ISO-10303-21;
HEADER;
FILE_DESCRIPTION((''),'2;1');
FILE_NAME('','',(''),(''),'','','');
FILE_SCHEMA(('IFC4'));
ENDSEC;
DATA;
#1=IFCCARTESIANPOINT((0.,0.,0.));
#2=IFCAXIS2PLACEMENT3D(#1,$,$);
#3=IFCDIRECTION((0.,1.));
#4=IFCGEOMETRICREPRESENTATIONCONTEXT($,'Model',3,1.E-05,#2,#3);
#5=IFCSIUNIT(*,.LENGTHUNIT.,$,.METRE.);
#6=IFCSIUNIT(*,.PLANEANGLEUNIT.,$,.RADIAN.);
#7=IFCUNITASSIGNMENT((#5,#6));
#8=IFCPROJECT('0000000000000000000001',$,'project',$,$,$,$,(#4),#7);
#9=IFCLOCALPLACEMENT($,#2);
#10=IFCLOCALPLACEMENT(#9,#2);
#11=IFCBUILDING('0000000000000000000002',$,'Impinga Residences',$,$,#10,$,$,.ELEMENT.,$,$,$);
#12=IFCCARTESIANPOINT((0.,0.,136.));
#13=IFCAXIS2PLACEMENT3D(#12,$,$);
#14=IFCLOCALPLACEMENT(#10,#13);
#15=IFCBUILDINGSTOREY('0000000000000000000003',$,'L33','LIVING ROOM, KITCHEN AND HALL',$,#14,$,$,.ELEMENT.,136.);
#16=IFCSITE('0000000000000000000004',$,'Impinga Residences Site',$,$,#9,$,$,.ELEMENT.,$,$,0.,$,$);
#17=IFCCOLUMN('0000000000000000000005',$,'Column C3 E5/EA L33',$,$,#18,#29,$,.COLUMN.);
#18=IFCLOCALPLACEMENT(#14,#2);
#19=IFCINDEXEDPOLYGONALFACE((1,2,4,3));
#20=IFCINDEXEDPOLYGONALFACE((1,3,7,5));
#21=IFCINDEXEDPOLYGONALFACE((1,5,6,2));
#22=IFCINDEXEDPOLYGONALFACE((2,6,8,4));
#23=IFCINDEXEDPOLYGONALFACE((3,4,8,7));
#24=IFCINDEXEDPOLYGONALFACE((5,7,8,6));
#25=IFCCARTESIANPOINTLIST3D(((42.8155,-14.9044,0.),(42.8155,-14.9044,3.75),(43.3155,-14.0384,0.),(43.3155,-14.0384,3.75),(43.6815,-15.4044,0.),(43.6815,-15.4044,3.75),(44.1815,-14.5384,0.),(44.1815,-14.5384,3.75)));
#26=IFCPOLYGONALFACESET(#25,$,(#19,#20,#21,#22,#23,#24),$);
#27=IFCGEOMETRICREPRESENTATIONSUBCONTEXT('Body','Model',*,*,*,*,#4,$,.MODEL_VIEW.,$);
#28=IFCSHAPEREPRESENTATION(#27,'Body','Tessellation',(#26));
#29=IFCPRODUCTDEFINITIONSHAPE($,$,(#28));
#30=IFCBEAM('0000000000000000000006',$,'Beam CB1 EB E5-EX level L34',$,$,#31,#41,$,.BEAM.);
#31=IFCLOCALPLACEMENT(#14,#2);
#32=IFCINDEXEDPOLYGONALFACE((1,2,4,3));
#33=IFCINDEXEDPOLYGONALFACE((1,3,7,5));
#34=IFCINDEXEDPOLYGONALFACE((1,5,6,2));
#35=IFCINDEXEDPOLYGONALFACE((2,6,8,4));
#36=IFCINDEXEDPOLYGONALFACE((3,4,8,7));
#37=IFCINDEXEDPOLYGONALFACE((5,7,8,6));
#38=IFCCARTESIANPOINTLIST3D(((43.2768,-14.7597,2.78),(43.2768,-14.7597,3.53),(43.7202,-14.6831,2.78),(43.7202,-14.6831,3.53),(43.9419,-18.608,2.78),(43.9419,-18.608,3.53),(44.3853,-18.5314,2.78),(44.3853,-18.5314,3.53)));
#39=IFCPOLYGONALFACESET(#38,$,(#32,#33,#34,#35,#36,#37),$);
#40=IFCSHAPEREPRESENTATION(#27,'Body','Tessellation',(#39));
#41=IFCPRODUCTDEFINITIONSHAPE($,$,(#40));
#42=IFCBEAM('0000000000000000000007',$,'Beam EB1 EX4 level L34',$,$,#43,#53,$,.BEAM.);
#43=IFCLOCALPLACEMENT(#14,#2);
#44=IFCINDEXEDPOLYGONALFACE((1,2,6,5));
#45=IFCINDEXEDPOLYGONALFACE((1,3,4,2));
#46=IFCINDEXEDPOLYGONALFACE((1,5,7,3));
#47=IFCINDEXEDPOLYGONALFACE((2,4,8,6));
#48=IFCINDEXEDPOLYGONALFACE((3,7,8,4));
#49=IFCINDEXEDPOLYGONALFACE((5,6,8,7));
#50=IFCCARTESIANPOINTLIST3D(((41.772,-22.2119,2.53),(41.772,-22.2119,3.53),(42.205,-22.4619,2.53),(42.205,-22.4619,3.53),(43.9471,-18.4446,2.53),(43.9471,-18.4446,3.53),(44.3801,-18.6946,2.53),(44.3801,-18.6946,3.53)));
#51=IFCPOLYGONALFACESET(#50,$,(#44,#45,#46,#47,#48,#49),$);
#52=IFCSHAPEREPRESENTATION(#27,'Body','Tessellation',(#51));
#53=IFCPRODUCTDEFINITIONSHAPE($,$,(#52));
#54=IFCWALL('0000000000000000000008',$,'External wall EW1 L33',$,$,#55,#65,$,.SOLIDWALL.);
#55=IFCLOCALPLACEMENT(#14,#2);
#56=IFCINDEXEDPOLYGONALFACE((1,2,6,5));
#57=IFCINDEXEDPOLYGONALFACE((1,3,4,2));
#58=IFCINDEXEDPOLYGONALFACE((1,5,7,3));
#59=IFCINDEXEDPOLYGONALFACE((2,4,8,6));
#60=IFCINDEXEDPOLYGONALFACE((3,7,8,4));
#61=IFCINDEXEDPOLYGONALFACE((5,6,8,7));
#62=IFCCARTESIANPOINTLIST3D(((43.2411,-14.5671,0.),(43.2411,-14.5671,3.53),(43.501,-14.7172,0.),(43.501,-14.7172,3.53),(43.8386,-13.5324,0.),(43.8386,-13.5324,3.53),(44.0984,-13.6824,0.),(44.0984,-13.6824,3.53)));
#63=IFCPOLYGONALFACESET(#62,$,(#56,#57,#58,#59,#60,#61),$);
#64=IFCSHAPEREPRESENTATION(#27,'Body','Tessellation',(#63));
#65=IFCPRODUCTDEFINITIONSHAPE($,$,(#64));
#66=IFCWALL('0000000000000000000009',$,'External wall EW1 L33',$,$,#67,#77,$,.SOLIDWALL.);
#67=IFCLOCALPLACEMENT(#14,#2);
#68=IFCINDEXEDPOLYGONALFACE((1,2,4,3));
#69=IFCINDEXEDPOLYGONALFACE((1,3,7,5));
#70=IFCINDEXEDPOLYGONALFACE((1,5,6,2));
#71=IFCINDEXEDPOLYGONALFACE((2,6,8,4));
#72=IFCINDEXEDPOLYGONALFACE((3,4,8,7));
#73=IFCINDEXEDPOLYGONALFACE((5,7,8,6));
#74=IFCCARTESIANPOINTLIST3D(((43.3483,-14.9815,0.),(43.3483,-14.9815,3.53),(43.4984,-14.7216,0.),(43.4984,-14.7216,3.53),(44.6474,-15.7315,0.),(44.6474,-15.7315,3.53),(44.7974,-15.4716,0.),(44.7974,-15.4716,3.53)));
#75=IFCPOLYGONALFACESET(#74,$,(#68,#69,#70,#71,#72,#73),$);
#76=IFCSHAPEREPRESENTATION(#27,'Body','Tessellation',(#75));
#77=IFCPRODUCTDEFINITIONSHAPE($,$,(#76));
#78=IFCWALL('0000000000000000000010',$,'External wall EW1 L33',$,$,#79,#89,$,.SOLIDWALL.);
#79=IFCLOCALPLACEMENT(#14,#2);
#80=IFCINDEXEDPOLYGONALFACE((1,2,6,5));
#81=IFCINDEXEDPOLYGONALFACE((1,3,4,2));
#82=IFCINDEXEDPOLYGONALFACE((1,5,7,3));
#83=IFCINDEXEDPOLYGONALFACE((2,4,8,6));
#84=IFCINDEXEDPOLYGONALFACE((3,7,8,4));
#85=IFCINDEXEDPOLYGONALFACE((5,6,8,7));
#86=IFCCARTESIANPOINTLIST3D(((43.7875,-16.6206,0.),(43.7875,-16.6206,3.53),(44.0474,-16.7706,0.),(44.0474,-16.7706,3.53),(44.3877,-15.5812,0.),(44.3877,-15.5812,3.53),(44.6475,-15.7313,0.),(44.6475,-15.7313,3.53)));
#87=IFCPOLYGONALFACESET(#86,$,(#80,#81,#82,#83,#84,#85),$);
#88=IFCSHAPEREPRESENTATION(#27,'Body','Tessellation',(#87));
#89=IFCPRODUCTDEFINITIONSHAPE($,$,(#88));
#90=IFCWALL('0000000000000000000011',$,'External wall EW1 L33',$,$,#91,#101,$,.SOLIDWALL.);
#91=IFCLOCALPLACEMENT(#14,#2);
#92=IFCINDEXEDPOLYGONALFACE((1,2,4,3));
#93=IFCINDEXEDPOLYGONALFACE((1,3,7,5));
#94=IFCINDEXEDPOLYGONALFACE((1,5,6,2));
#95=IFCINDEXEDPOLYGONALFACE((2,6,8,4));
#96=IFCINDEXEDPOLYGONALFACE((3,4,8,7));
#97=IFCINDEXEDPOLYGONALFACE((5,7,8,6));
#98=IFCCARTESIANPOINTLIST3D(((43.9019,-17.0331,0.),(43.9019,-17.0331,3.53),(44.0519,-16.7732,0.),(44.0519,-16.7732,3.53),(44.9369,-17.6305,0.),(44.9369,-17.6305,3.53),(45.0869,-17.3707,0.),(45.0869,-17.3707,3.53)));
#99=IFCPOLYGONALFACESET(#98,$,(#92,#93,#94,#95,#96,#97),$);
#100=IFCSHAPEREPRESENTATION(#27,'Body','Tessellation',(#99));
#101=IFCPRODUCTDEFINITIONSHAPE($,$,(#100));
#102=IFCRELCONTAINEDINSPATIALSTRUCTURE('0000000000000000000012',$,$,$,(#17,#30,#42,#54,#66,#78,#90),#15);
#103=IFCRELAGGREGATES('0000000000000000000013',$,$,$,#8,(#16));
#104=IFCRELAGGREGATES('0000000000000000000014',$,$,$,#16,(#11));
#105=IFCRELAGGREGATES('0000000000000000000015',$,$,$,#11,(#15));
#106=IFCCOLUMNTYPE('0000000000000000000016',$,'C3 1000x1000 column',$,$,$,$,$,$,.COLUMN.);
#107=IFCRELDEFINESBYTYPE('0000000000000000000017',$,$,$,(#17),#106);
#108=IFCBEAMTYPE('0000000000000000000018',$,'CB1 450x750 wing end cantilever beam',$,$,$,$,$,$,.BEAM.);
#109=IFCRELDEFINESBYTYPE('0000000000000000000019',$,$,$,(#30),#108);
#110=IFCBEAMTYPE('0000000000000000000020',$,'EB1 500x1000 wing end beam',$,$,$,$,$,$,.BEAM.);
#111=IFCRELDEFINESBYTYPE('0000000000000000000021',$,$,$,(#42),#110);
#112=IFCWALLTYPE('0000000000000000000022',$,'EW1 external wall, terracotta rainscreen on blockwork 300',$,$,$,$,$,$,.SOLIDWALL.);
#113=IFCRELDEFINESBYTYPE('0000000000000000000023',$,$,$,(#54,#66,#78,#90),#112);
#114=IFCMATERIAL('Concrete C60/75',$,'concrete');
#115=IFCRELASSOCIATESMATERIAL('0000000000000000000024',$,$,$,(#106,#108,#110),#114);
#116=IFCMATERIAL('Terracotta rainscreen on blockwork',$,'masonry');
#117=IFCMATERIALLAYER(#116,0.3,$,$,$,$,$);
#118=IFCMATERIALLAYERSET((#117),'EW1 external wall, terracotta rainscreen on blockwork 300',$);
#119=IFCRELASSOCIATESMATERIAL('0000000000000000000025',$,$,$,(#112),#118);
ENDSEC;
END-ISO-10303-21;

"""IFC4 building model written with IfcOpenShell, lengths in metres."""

from ifc_helpers import new_model, si_unit, direction, frame, frame_2d, origin, origin_2d, place, context, subcontext, project, spatial, rectangle, extrude, material, layer, layer_set, material_profile, profile_set, type_object, element, save


model = new_model("IFC4")

# Units and contexts
model_context = context("Model", 3, precision=1e-05, world=origin(), true_north=direction((0.0, 1.0)))
body_context = subcontext(model_context, "Body", "Model", "MODEL_VIEW")
ifc_project = project(units=[si_unit("LENGTHUNIT", "METRE"), si_unit("PLANEANGLEUNIT", "RADIAN")], contexts=[model_context])

# Site, building, storey
site_placement = place(None, origin())
site = spatial("IfcSite", under=ifc_project, at=site_placement, Name="Impinga Residences Site", CompositionType="ELEMENT", RefElevation=0.0)
building_placement = place(site_placement, origin())
building = spatial("IfcBuilding", under=site, at=building_placement, Name="Impinga Residences", CompositionType="ELEMENT")
storey_placement = place(building_placement, frame((0.0, 0.0, 136.0)))
storey = spatial("IfcBuildingStorey", under=building, at=storey_placement, Name="L33", Description="LIVING ROOM, KITCHEN AND HALL", CompositionType="ELEMENT", Elevation=136.0)

# Column
ifc_material_1 = material(Name="Concrete C60/75", Category="concrete")
ifc_material_profile_1 = material_profile(ifc_material_1, rectangle(XDim=1.0, YDim=1.0, at=origin_2d()), Name="RC 1000x1000")
ifc_profile_set_1 = profile_set([ifc_material_profile_1], Name="Concrete C60/75")
column_type = type_object("IfcColumnType", Name="C3 1000x1000 column", PredefinedType="COLUMN", material=ifc_profile_set_1)
column_placement = place(storey_placement, frame((43.4985, -14.7214, 0.0), z_axis=(0.0, 0.0, 1.0), x_axis=(-0.5, -0.866025, 0.0)))
element("IfcColumn", 1, at=column_placement, inside=storey, type_object=column_type, Name="Column C3 E5/EA L33", PredefinedType="COLUMN", context=body_context, shape_type="SweptSolid", body=[
    extrude(rectangle(XDim=1.0, YDim=1.0, at=origin_2d()), origin(), (0.0, 0.0, 1.0), 3.75),
])

# Beams
ifc_material_profile_2 = material_profile(ifc_material_1, rectangle(XDim=0.45, YDim=0.75, at=origin_2d()), Name="RC 450x750")
ifc_profile_set_2 = profile_set([ifc_material_profile_2], Name="Concrete C60/75")
beam_type_1 = type_object("IfcBeamType", Name="CB1 450x750 wing end cantilever beam", PredefinedType="BEAM", material=ifc_profile_set_2)
beam_1_placement = place(storey_placement, frame((43.4985, -14.7214, 3.155), z_axis=(0.170296, -0.985393, 0.0), x_axis=(0.985393, 0.170296, 0.0)))
element("IfcBeam", 2, at=beam_1_placement, inside=storey, type_object=beam_type_1, Name="Beam CB1 EB E5-EX level L34", PredefinedType="BEAM", context=body_context, shape_type="SweptSolid", body=[
    extrude(rectangle(XDim=0.45, YDim=0.75, at=origin_2d()), origin(), (0.0, 0.0, 1.0), 3.9053),
])
ifc_material_profile_3 = material_profile(ifc_material_1, rectangle(XDim=0.5, YDim=1.0, at=origin_2d()), Name="RC 500x1000")
ifc_profile_set_3 = profile_set([ifc_material_profile_3], Name="Concrete C60/75")
beam_type_2 = type_object("IfcBeamType", Name="EB1 500x1000 wing end beam", PredefinedType="BEAM", material=ifc_profile_set_3)
beam_2_placement = place(storey_placement, frame((44.1636, -18.5696, 3.03), z_axis=(-0.499996, -0.866028, 0.0), x_axis=(0.866028, -0.499996, 0.0)))
element("IfcBeam", 3, at=beam_2_placement, inside=storey, type_object=beam_type_2, Name="Beam EB1 EX4 level L34", PredefinedType="BEAM", context=body_context, shape_type="SweptSolid", body=[
    extrude(rectangle(XDim=0.5, YDim=1.0, at=origin_2d()), origin(), (0.0, 0.0, 1.0), 4.3501),
])

# Walls
ifc_material_2 = material(Name="Terracotta rainscreen on blockwork", Category="masonry")
ifc_layer_1 = layer(ifc_material_2, 0.3)
ifc_layer_set_1 = layer_set([ifc_layer_1], Name="EW1 external wall, terracotta rainscreen on blockwork 300")
wall_type_1 = type_object("IfcWallType", Name="EW1 external wall, terracotta rainscreen on blockwork 300", PredefinedType="SOLIDWALL", material=ifc_layer_set_1)
wall_1_placement = place(storey_placement, frame((43.9685, -13.6074, 0.0), z_axis=(0.0, 0.0, 1.0), x_axis=(-0.500029, -0.866009, 0.0)))
element("IfcWall", 4, at=wall_1_placement, inside=storey, type_object=wall_type_1, Name="External wall EW1 L33", PredefinedType="SOLIDWALL", context=body_context, shape_type="SweptSolid", body=[
    extrude(rectangle(XDim=1.1948, YDim=0.3, at=frame_2d((0.5974, 0.0))), origin(), (0.0, 0.0, 1.0), 3.53),
])
wall_2_placement = place(storey_placement, frame((43.4233, -14.8516, 0.0), z_axis=(0.0, 0.0, 1.0), x_axis=(0.866031, -0.49999, 0.0)))
element("IfcWall", 5, at=wall_2_placement, inside=storey, type_object=wall_type_1, Name="External wall EW1 L33", PredefinedType="SOLIDWALL", context=body_context, shape_type="SweptSolid", body=[
    extrude(rectangle(XDim=1.5, YDim=0.3, at=frame_2d((0.75, 0.0))), origin(), (0.0, 0.0, 1.0), 3.53),
])
wall_3_placement = place(storey_placement, frame((44.5176, -15.6562, 0.0), z_axis=(0.0, 0.0, 1.0), x_axis=(-0.500034, -0.866006, 0.0)))
element("IfcWall", 6, at=wall_3_placement, inside=storey, type_object=wall_type_1, Name="External wall EW1 L33", PredefinedType="SOLIDWALL", context=body_context, shape_type="SweptSolid", body=[
    extrude(rectangle(XDim=1.2002, YDim=0.3, at=frame_2d((0.6001, 0.0))), origin(), (0.0, 0.0, 1.0), 3.53),
])
wall_4_placement = place(storey_placement, frame((43.9768, -16.9031, 0.0), z_axis=(0.0, 0.0, 1.0), x_axis=(0.86606, -0.499941, 0.0)))
element("IfcWall", 7, at=wall_4_placement, inside=storey, type_object=wall_type_1, Name="External wall EW1 L33", PredefinedType="SOLIDWALL", context=body_context, shape_type="SweptSolid", body=[
    extrude(rectangle(XDim=1.1951, YDim=0.3, at=frame_2d((0.5977, 0.0))), origin(), (0.0, 0.0, 1.0), 3.53),
])

save(model, "model.ifc")
